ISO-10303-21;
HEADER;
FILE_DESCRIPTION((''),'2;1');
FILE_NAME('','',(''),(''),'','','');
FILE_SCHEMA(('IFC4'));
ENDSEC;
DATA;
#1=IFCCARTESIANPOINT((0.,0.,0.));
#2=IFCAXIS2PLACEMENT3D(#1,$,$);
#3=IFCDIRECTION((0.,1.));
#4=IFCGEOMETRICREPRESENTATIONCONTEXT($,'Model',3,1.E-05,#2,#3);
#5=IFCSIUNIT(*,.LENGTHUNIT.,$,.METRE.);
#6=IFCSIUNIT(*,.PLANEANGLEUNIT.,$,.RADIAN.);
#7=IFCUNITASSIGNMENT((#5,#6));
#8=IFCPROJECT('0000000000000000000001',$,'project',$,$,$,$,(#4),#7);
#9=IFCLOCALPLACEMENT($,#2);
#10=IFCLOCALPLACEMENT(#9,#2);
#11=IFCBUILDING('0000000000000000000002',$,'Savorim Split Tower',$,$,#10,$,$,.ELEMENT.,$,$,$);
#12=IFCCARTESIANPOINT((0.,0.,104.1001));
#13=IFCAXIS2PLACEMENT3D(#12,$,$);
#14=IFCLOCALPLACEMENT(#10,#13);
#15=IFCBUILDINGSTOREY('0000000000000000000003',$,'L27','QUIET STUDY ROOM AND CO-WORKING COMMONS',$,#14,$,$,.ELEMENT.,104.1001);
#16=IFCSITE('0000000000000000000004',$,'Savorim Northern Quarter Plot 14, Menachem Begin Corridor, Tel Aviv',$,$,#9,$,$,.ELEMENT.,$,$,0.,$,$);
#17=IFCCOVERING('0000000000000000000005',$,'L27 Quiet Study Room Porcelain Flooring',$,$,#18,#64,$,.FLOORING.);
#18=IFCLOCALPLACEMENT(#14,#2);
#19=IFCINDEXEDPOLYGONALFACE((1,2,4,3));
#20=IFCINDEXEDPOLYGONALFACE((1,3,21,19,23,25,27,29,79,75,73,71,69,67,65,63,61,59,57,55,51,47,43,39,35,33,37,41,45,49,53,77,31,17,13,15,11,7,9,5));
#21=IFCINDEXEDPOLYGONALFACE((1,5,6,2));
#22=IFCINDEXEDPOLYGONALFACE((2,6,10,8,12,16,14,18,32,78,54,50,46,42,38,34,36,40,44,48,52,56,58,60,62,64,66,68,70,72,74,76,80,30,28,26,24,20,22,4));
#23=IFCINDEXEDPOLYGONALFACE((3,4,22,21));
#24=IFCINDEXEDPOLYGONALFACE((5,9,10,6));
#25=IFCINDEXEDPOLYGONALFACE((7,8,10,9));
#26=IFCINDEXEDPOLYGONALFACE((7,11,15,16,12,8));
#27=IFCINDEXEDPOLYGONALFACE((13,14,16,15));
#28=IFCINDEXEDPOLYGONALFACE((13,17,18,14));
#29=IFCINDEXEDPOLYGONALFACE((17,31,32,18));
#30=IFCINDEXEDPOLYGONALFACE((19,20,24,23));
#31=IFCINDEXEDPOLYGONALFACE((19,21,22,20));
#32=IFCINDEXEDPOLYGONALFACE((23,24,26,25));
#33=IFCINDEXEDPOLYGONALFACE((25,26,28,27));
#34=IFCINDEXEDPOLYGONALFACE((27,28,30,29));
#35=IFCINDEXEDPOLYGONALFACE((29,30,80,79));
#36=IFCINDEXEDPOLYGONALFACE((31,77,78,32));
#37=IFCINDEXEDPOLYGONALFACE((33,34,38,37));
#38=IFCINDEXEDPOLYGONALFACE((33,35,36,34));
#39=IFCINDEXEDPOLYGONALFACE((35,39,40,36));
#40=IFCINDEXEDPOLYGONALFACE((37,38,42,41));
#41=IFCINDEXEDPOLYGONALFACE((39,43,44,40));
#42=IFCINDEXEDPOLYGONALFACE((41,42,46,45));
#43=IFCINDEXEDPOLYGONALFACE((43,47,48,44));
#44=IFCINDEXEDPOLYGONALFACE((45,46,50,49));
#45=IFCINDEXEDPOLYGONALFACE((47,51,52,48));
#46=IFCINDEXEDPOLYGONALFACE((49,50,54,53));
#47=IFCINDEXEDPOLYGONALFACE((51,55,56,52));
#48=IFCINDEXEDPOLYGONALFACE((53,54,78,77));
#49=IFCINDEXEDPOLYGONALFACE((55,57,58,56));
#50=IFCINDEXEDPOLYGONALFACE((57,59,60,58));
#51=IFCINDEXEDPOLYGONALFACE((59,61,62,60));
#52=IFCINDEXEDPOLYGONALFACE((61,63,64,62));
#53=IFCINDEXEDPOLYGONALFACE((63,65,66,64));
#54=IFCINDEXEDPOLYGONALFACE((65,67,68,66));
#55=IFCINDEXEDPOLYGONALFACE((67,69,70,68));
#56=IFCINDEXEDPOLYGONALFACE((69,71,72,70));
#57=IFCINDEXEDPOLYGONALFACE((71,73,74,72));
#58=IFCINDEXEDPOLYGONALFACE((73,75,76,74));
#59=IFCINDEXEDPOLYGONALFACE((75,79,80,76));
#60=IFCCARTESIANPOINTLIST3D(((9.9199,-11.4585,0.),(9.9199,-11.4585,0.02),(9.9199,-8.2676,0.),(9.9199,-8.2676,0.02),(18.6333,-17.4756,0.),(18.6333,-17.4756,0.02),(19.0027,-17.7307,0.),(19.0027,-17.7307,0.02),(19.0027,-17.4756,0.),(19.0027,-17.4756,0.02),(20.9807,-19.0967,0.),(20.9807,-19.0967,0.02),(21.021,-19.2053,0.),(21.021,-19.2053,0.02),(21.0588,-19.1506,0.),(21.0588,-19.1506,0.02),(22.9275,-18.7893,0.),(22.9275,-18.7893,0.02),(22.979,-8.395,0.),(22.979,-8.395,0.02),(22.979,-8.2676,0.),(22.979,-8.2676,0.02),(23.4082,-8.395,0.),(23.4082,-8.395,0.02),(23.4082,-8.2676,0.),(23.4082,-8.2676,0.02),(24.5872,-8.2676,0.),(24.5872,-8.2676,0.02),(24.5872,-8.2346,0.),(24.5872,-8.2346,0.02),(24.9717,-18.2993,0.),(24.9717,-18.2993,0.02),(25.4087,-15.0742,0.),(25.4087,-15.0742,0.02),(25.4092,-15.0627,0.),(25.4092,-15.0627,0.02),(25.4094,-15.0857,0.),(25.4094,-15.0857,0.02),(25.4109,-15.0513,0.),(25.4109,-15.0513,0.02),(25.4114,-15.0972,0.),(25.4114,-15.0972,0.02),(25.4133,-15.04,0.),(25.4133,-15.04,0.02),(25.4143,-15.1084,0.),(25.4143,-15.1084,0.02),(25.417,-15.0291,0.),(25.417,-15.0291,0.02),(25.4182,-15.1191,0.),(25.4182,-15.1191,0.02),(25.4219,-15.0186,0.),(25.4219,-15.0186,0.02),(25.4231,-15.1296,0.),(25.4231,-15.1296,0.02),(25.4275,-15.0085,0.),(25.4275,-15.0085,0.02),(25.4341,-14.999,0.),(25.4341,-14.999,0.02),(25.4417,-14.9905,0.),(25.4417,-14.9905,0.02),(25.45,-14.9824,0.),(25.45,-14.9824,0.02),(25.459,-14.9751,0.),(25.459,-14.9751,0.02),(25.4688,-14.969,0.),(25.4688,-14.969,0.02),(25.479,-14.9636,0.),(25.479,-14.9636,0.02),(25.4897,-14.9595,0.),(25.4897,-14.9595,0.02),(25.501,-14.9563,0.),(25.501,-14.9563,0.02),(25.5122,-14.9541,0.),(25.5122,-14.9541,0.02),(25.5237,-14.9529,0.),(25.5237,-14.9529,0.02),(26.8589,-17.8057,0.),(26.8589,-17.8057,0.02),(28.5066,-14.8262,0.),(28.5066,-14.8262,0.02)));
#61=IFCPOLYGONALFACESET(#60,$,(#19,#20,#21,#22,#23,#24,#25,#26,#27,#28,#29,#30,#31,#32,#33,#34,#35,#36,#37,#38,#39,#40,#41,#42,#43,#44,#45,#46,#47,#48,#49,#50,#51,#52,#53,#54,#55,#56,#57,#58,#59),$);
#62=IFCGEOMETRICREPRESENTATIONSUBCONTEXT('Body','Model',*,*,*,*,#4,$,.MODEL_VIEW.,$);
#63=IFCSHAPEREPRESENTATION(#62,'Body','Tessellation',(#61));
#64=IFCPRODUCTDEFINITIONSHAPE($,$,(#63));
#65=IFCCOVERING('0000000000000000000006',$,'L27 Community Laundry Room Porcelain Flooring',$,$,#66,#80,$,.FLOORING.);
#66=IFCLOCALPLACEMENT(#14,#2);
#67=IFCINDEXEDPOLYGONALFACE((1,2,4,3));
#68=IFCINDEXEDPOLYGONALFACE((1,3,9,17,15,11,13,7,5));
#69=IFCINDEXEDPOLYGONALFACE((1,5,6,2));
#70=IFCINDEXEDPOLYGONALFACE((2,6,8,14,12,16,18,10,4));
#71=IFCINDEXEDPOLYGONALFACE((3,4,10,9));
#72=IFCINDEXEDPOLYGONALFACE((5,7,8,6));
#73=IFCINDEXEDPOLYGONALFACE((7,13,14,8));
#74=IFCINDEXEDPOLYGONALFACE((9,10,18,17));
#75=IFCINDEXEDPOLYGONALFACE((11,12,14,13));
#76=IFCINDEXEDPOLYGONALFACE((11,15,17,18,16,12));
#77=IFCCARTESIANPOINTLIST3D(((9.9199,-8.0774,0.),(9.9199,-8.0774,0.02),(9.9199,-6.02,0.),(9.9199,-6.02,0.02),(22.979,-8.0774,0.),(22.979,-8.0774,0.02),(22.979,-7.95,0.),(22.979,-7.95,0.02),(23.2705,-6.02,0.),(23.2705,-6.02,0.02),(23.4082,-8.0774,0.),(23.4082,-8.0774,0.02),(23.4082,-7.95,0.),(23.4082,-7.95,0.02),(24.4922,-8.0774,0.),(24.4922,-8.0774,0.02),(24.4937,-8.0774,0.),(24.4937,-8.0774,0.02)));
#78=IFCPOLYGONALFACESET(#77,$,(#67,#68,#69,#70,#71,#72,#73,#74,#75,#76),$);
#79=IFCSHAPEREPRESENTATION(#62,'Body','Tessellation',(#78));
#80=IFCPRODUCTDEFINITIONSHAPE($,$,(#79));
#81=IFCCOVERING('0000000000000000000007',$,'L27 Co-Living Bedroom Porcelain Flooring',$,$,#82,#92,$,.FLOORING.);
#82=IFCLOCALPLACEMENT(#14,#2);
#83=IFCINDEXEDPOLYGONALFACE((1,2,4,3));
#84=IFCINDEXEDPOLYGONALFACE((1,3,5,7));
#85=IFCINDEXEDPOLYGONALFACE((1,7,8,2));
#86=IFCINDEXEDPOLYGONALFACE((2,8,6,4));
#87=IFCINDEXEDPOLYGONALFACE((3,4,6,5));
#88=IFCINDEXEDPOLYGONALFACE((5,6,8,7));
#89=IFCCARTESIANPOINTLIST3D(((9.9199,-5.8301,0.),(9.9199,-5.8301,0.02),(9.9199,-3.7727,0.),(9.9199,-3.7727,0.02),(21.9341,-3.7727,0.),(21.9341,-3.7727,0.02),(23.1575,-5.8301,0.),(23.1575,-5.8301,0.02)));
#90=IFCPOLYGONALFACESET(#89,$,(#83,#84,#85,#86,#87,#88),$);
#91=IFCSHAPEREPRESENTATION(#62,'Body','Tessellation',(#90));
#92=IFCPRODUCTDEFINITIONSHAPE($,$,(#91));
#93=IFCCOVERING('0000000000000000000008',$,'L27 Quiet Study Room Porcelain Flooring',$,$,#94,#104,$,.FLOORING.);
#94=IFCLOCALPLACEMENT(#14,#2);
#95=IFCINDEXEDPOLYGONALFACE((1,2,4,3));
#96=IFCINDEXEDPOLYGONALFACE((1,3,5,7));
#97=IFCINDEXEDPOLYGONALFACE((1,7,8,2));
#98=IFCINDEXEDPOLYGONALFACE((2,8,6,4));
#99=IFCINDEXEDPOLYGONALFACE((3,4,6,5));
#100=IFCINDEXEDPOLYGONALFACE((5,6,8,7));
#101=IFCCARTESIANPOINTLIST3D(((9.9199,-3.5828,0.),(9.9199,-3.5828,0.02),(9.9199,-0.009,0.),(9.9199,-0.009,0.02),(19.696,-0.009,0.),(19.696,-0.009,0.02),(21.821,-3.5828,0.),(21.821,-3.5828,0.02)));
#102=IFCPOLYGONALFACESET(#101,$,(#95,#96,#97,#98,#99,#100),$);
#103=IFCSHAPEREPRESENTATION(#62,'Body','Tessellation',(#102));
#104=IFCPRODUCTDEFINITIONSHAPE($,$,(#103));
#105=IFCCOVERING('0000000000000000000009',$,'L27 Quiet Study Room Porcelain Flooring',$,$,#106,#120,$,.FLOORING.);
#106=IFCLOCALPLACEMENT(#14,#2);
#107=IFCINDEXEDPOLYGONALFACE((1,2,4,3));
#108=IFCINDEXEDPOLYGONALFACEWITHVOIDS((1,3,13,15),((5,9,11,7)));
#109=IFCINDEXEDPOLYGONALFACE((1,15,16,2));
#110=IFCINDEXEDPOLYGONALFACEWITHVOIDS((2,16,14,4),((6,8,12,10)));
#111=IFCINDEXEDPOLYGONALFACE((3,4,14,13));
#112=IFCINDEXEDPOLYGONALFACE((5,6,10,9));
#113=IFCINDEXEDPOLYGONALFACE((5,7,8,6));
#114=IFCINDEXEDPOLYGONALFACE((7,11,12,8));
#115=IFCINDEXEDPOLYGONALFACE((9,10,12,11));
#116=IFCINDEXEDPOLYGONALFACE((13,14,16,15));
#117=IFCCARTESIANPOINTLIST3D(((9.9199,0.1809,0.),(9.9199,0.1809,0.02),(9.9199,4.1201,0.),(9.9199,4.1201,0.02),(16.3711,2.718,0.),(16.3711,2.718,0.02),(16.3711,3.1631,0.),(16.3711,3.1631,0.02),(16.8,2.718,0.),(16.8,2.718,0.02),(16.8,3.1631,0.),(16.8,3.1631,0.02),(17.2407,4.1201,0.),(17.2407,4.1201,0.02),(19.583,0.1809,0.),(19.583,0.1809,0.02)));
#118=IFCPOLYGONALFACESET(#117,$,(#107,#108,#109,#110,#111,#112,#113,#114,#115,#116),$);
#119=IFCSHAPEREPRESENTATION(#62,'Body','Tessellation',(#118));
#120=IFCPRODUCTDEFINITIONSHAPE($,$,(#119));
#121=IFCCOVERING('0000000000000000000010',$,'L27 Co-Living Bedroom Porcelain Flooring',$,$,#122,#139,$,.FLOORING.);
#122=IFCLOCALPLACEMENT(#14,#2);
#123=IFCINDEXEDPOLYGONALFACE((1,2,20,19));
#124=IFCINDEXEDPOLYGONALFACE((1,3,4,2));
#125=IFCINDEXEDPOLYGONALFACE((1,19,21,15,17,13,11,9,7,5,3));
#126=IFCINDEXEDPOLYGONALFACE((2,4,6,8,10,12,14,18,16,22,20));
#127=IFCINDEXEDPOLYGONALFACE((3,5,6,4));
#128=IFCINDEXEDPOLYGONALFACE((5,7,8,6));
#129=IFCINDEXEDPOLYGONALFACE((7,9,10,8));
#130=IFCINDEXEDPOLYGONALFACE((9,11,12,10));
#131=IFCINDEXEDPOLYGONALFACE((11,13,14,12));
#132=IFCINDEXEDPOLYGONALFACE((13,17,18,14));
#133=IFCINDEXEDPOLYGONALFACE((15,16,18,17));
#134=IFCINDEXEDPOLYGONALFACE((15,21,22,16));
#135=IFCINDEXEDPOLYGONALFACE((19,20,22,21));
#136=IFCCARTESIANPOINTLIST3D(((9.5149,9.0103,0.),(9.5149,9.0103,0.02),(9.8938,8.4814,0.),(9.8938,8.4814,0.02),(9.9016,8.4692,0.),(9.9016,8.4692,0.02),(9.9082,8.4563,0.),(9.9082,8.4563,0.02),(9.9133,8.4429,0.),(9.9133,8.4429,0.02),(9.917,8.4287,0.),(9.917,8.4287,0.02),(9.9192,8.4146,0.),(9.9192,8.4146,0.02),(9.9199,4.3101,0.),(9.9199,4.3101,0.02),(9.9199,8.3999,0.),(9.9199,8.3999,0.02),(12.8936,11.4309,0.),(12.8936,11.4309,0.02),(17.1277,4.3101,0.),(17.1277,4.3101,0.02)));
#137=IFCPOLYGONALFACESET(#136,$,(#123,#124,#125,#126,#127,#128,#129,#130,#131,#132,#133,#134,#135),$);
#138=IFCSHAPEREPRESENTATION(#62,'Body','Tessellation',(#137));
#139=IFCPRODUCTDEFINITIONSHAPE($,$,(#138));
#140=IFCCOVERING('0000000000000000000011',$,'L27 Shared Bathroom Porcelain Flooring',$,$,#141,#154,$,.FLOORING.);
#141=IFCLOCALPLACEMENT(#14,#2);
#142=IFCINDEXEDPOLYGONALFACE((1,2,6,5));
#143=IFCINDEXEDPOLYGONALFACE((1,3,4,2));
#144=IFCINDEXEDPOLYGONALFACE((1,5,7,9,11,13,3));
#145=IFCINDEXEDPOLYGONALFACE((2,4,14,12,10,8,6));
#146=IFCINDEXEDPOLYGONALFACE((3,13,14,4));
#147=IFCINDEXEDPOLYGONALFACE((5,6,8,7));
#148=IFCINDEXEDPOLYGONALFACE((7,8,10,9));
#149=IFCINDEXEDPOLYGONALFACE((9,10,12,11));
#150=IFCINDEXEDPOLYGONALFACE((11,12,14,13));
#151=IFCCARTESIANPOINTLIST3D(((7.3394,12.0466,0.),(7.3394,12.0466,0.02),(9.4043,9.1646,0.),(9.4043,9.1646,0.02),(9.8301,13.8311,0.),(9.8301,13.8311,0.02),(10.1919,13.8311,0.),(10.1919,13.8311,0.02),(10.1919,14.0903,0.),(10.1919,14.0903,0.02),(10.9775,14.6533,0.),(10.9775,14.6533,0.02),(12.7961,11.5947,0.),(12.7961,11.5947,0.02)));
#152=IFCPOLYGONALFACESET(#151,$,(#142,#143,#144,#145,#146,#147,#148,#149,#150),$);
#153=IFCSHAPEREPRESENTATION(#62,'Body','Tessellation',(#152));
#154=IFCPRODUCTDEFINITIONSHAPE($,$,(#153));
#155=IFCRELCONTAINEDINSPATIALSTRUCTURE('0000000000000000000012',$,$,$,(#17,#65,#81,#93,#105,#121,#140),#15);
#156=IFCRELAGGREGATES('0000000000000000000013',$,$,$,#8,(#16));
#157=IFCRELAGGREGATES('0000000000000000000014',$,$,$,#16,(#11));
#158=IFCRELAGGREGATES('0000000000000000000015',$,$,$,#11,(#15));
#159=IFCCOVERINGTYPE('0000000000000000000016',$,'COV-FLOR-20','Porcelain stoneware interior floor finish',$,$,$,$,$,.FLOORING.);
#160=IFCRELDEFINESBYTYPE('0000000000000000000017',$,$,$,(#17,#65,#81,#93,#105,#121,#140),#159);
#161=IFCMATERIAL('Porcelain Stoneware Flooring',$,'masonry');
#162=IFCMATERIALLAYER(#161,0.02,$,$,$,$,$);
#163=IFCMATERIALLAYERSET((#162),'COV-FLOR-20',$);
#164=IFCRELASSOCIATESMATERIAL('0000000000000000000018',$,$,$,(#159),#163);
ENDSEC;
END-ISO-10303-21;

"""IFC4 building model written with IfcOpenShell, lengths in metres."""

from ifc_helpers import new_model, si_unit, direction, frame, origin, place, context, subcontext, project, spatial, polyline, outline, extrude, material, layer, layer_set, type_object, element, save


model = new_model("IFC4")

# Units and contexts
model_context = context("Model", 3, precision=1e-05, world=origin(), true_north=direction((0.0, 1.0)))
body_context = subcontext(model_context, "Body", "Model", "MODEL_VIEW")
ifc_project = project(units=[si_unit("LENGTHUNIT", "METRE"), si_unit("PLANEANGLEUNIT", "RADIAN")], contexts=[model_context])

# Site, building, storey
site_placement = place(None, origin())
site = spatial("IfcSite", under=ifc_project, at=site_placement, Name="Savorim Northern Quarter Plot 14, Menachem Begin Corridor, Tel Aviv", CompositionType="ELEMENT", RefElevation=0.0)
building_placement = place(site_placement, origin())
building = spatial("IfcBuilding", under=site, at=building_placement, Name="Savorim Split Tower", CompositionType="ELEMENT")
storey_placement = place(building_placement, frame((0.0, 0.0, 104.1001)))
storey = spatial("IfcBuildingStorey", under=building, at=storey_placement, Name="L27", Description="QUIET STUDY ROOM AND CO-WORKING COMMONS", CompositionType="ELEMENT", Elevation=104.1001)

# Coverings
ifc_material_1 = material(Name="Porcelain Stoneware Flooring", Category="masonry")
ifc_layer_1 = layer(ifc_material_1, 0.02)
ifc_layer_set_1 = layer_set([ifc_layer_1], Name="COV-FLOR-20")
covering_type_1 = type_object("IfcCoveringType", Name="COV-FLOR-20", Description="Porcelain stoneware interior floor finish", PredefinedType="FLOORING", material=ifc_layer_set_1)
covering_1_placement = place(storey_placement, origin())
element("IfcCovering", 1, at=covering_1_placement, inside=storey, type_object=covering_type_1, Name="L27 Quiet Study Room Porcelain Flooring", PredefinedType="FLOORING", context=body_context, shape_type="SweptSolid", body=[
    extrude(outline(polyline([(25.501, -14.9563), (25.5122, -14.9541), (25.5237, -14.9529), (28.5066, -14.8262), (24.5872, -8.2346), (24.5872, -8.2676), (23.4082, -8.2676), (23.4082, -8.395), (22.979, -8.395), (22.979, -8.2676), (9.9199, -8.2676), (9.9199, -11.4585), (18.6333, -17.4756), (19.0027, -17.4756), (19.0027, -17.7307), (20.9807, -19.0967), (21.0588, -19.1506), (21.021, -19.2053), (22.9275, -18.7893), (24.9717, -18.2993), (26.8589, -17.8057), (25.4231, -15.1296), (25.4182, -15.1191), (25.4143, -15.1084), (25.4114, -15.0972), (25.4094, -15.0857), (25.4087, -15.0742), (25.4092, -15.0627), (25.4109, -15.0513), (25.4133, -15.04), (25.417, -15.0291), (25.4219, -15.0186), (25.4275, -15.0085), (25.4341, -14.999), (25.4417, -14.9905), (25.45, -14.9824), (25.459, -14.9751), (25.4688, -14.969), (25.479, -14.9636), (25.4897, -14.9595), (25.501, -14.9563)])), origin(), (0.0, 0.0, 1.0), 0.02),
])
covering_2_placement = place(storey_placement, origin())
element("IfcCovering", 2, at=covering_2_placement, inside=storey, type_object=covering_type_1, Name="L27 Community Laundry Room Porcelain Flooring", PredefinedType="FLOORING", context=body_context, shape_type="SweptSolid", body=[
    extrude(outline(polyline([(23.4082, -7.95), (23.4082, -8.0774), (24.4922, -8.0774), (24.4937, -8.0774), (23.2705, -6.02), (9.9199, -6.02), (9.9199, -8.0774), (22.979, -8.0774), (22.979, -7.95), (23.4082, -7.95)])), origin(), (0.0, 0.0, 1.0), 0.02),
])
covering_3_placement = place(storey_placement, origin())
element("IfcCovering", 3, at=covering_3_placement, inside=storey, type_object=covering_type_1, Name="L27 Co-Living Bedroom Porcelain Flooring", PredefinedType="FLOORING", context=body_context, shape_type="SweptSolid", body=[
    extrude(outline(polyline([(23.1575, -5.8301), (21.9341, -3.7727), (9.9199, -3.7727), (9.9199, -5.8301), (23.1575, -5.8301)])), origin(), (0.0, 0.0, 1.0), 0.02),
])
covering_4_placement = place(storey_placement, origin())
element("IfcCovering", 4, at=covering_4_placement, inside=storey, type_object=covering_type_1, Name="L27 Quiet Study Room Porcelain Flooring", PredefinedType="FLOORING", context=body_context, shape_type="SweptSolid", body=[
    extrude(outline(polyline([(21.821, -3.5828), (19.696, -0.009), (9.9199, -0.009), (9.9199, -3.5828), (21.821, -3.5828)])), origin(), (0.0, 0.0, 1.0), 0.02),
])
covering_5_placement = place(storey_placement, origin())
element("IfcCovering", 5, at=covering_5_placement, inside=storey, type_object=covering_type_1, Name="L27 Quiet Study Room Porcelain Flooring", PredefinedType="FLOORING", context=body_context, shape_type="SweptSolid", body=[
    extrude(outline(polyline([(19.583, 0.1809), (17.2407, 4.1201), (9.9199, 4.1201), (9.9199, 0.1809), (19.583, 0.1809)]), holes=[polyline([(16.8, 2.718), (16.8, 3.1631), (16.3711, 3.1631), (16.3711, 2.718), (16.8, 2.718)])]), origin(), (0.0, 0.0, 1.0), 0.02),
])
covering_6_placement = place(storey_placement, origin())
element("IfcCovering", 6, at=covering_6_placement, inside=storey, type_object=covering_type_1, Name="L27 Co-Living Bedroom Porcelain Flooring", PredefinedType="FLOORING", context=body_context, shape_type="SweptSolid", body=[
    extrude(outline(polyline([(9.917, 8.4287), (9.9192, 8.4146), (9.9199, 8.3999), (9.9199, 4.3101), (17.1277, 4.3101), (12.8936, 11.4309), (9.5149, 9.0103), (9.8938, 8.4814), (9.9016, 8.4692), (9.9082, 8.4563), (9.9133, 8.4429), (9.917, 8.4287)])), origin(), (0.0, 0.0, 1.0), 0.02),
])
covering_7_placement = place(storey_placement, origin())
element("IfcCovering", 7, at=covering_7_placement, inside=storey, type_object=covering_type_1, Name="L27 Shared Bathroom Porcelain Flooring", PredefinedType="FLOORING", context=body_context, shape_type="SweptSolid", body=[
    extrude(outline(polyline([(9.8301, 13.8311), (7.3394, 12.0466), (7.3394, 12.0466), (9.4043, 9.1646), (12.7961, 11.5947), (10.9775, 14.6533), (10.1919, 14.0903), (10.1919, 13.8311), (9.8301, 13.8311)])), origin(), (0.0, 0.0, 1.0), 0.02),
])

save(model, "model.ifc")
